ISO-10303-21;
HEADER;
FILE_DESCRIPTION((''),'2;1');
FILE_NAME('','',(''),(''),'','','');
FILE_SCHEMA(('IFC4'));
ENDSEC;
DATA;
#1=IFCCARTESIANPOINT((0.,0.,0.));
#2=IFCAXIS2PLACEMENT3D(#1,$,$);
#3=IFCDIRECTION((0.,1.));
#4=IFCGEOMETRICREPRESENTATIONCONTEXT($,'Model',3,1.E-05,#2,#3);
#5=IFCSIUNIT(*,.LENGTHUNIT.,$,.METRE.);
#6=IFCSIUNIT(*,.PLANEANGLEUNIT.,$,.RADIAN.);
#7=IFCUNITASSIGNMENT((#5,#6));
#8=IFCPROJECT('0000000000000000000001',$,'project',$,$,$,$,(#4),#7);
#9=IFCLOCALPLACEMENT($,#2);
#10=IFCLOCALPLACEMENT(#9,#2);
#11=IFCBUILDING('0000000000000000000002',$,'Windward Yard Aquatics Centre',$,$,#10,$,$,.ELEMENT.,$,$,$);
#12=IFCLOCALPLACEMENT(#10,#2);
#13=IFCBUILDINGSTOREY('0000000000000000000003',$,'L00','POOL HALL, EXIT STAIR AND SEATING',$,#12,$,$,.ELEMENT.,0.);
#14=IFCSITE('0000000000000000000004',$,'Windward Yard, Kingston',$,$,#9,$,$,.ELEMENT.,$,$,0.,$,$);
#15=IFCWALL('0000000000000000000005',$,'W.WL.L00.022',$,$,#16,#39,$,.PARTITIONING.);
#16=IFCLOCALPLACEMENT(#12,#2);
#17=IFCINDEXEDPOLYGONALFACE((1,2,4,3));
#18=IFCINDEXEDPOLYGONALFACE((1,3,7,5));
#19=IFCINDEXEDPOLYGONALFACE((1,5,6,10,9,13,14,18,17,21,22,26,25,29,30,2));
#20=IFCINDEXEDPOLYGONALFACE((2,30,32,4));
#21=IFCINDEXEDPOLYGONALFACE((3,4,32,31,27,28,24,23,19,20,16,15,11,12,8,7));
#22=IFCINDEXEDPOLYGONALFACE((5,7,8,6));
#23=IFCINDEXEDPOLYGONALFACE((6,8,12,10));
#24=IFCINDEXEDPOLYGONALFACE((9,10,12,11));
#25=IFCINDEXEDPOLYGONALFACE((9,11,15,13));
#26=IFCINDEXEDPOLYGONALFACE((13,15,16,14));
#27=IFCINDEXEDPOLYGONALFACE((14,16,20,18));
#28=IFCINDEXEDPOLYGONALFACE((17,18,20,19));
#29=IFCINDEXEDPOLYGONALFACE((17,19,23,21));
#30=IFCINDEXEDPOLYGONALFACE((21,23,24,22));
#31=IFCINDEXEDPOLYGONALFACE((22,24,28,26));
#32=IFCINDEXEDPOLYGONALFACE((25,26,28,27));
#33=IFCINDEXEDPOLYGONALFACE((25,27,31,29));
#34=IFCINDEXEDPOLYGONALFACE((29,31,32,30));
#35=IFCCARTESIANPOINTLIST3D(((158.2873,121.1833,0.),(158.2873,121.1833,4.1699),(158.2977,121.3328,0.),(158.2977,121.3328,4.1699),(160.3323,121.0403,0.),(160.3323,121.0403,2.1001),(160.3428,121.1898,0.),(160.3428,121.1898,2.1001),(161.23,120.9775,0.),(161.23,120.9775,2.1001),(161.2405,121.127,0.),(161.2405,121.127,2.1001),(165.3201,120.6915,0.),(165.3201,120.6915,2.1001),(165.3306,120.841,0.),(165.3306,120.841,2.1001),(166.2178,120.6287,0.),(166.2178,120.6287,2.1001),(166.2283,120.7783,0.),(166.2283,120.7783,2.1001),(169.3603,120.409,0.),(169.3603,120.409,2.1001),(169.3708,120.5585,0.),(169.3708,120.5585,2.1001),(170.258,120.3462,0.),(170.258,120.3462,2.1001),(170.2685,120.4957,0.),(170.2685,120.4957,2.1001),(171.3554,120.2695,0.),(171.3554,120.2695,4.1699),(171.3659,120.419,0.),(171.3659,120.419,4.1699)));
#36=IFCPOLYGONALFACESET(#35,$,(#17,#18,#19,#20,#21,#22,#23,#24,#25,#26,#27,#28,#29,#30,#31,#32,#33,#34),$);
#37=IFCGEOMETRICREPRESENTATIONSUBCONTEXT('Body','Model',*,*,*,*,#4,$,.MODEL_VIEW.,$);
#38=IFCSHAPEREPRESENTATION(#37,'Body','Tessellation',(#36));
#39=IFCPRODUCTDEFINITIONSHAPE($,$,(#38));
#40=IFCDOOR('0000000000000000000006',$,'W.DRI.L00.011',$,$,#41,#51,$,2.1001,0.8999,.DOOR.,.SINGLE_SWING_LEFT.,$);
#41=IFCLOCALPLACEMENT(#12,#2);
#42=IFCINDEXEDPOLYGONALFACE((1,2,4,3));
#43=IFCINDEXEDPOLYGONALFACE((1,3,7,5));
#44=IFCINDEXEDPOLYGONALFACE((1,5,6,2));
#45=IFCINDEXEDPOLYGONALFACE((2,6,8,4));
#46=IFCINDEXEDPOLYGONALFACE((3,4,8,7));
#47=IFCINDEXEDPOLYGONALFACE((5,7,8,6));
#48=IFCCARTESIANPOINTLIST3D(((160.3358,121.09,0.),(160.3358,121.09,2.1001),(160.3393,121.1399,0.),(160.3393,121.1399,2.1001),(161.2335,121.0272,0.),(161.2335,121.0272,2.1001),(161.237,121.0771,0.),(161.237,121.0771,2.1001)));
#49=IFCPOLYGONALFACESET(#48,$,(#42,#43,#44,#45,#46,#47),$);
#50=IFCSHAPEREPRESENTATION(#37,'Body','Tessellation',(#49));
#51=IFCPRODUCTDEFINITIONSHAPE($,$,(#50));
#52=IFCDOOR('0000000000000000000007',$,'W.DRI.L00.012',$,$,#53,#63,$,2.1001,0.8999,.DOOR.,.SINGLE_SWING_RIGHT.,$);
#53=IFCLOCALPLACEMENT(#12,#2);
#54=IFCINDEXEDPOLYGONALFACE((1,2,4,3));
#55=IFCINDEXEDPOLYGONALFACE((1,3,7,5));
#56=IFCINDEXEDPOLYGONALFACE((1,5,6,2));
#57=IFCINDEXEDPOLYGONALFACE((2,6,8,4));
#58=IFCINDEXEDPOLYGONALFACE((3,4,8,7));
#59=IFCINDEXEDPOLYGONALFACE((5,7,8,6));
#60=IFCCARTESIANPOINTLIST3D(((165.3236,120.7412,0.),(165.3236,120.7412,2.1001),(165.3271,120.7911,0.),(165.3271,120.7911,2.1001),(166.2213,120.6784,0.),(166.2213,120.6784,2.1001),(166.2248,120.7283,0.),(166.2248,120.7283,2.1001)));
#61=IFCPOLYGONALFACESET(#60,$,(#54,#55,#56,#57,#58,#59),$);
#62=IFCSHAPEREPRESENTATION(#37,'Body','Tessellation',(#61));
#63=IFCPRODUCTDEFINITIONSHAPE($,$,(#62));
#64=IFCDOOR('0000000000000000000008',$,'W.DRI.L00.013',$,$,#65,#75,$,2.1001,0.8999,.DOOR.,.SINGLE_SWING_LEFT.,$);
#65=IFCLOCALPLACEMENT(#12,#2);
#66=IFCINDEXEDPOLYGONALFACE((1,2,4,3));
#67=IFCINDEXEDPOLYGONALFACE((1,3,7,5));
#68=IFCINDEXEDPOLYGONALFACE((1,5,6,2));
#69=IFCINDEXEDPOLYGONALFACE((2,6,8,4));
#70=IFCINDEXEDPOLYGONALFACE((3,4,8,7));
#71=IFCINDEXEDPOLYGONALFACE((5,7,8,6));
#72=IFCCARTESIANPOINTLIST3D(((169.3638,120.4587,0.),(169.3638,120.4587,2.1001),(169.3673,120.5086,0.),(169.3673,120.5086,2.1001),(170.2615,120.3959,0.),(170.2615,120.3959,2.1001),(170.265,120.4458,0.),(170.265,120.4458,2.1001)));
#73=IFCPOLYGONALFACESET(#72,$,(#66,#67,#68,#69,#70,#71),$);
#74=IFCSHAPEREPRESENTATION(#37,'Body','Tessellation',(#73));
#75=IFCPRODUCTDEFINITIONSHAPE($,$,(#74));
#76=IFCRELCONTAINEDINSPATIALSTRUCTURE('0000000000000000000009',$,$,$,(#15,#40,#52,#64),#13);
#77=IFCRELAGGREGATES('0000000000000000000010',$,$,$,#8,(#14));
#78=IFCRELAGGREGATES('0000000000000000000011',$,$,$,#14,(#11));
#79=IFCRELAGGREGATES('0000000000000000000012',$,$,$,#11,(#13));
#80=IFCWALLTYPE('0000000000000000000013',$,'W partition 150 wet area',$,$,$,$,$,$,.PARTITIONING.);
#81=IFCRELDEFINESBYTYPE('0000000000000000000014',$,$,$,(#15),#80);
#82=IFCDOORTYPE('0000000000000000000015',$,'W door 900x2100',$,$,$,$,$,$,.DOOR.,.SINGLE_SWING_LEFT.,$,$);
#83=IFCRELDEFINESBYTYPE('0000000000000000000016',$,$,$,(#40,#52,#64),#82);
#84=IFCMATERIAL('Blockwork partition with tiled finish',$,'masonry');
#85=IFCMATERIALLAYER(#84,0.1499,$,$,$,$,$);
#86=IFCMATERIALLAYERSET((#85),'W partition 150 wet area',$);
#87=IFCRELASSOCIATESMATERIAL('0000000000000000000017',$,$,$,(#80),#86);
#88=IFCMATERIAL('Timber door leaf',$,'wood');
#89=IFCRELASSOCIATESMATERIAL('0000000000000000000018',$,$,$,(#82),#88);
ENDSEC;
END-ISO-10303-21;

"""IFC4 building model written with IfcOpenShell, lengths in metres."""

from ifc_helpers import new_model, si_unit, direction, frame, frame_2d, origin, place, context, subcontext, project, spatial, rectangle, extrude, material, layer, layer_set, type_object, element, fill, save


model = new_model("IFC4")

# Units and contexts
model_context = context("Model", 3, precision=1e-05, world=origin(), true_north=direction((0.0, 1.0)))
body_context = subcontext(model_context, "Body", "Model", "MODEL_VIEW")
ifc_project = project(units=[si_unit("LENGTHUNIT", "METRE"), si_unit("PLANEANGLEUNIT", "RADIAN")], contexts=[model_context])

# Site, building, storey
site_placement = place(None, origin())
site = spatial("IfcSite", under=ifc_project, at=site_placement, Name="Windward Yard, Kingston", CompositionType="ELEMENT", RefElevation=0.0)
building_placement = place(site_placement, origin())
building = spatial("IfcBuilding", under=site, at=building_placement, Name="Windward Yard Aquatics Centre", CompositionType="ELEMENT")
storey_placement = place(building_placement, origin())
storey = spatial("IfcBuildingStorey", under=building, at=storey_placement, Name="L00", Description="POOL HALL, EXIT STAIR AND SEATING", CompositionType="ELEMENT", Elevation=0.0)

# Wall, openings, doors
ifc_material_1 = material(Name="Blockwork partition with tiled finish", Category="masonry")
ifc_layer_1 = layer(ifc_material_1, 0.1499)
ifc_layer_set_1 = layer_set([ifc_layer_1], Name="W partition 150 wet area")
wall_type = type_object("IfcWallType", Name="W partition 150 wet area", PredefinedType="PARTITIONING", material=ifc_layer_set_1)
wall_placement = place(storey_placement, frame((158.2925, 121.2581, 0.0), z_axis=(0.0, 0.0, 1.0), x_axis=(0.997564, -0.069757, 0.0)))
wall = element("IfcWall", 1, at=wall_placement, inside=storey, type_object=wall_type, Name="W.WL.L00.022", PredefinedType="PARTITIONING", context=body_context, shape_type="SweptSolid", body=[
    extrude(rectangle(XDim=13.1001, YDim=0.1499, at=frame_2d((6.55, 0.0))), origin(), (0.0, 0.0, 1.0), 4.1699),
])
opening_1_placement = place(wall_placement, frame((2.05, 0.0, 0.0)))
opening_1 = element("IfcOpeningElement", 2, at=opening_1_placement, cuts=wall, PredefinedType="OPENING", context=body_context, shape_type="SweptSolid", body=[
    extrude(rectangle(XDim=0.8999, YDim=2.1001, at=frame_2d((0.45, 1.05))), frame((0.0, 0.085, 0.0), z_axis=(0.0, -1.0, 0.0), x_axis=(1.0, 0.0, 0.0)), (0.0, 0.0, 1.0), 0.1699),
])
opening_2_placement = place(wall_placement, frame((7.05, 0.0, 0.0)))
opening_2 = element("IfcOpeningElement", 3, at=opening_2_placement, cuts=wall, PredefinedType="OPENING", context=body_context, shape_type="SweptSolid", body=[
    extrude(rectangle(XDim=0.8999, YDim=2.1001, at=frame_2d((0.45, 1.05))), frame((0.0, 0.085, 0.0), z_axis=(0.0, -1.0, 0.0), x_axis=(1.0, 0.0, 0.0)), (0.0, 0.0, 1.0), 0.1699),
])
opening_3_placement = place(wall_placement, frame((11.1001, 0.0, 0.0)))
opening_3 = element("IfcOpeningElement", 4, at=opening_3_placement, cuts=wall, PredefinedType="OPENING", context=body_context, shape_type="SweptSolid", body=[
    extrude(rectangle(XDim=0.8999, YDim=2.1001, at=frame_2d((0.45, 1.05))), frame((0.0, 0.085, 0.0), z_axis=(0.0, -1.0, 0.0), x_axis=(1.0, 0.0, 0.0)), (0.0, 0.0, 1.0), 0.1699),
])
ifc_material_2 = material(Name="Timber door leaf", Category="wood")
door_type = type_object("IfcDoorType", Name="W door 900x2100", OperationType="SINGLE_SWING_LEFT", PredefinedType="DOOR", material=ifc_material_2)
door_1_placement = place(opening_1_placement, origin())
door_1 = element("IfcDoor", 5, at=door_1_placement, inside=storey, type_object=door_type, Name="W.DRI.L00.011", OperationType="SINGLE_SWING_LEFT", OverallHeight=2.1001, OverallWidth=0.8999, PredefinedType="DOOR", context=body_context, shape_type="SweptSolid", body=[
    extrude(rectangle(XDim=0.8999, YDim=2.1001, at=frame_2d((0.45, 1.05))), frame((0.0, 0.0249, 0.0), z_axis=(0.0, -1.0, 0.0), x_axis=(1.0, 0.0, 0.0)), (0.0, 0.0, 1.0), 0.05),
])
fill(opening_1, door_1)
door_2_placement = place(opening_2_placement, origin())
door_2 = element("IfcDoor", 6, at=door_2_placement, inside=storey, type_object=door_type, Name="W.DRI.L00.012", OperationType="SINGLE_SWING_RIGHT", OverallHeight=2.1001, OverallWidth=0.8999, PredefinedType="DOOR", context=body_context, shape_type="SweptSolid", body=[
    extrude(rectangle(XDim=0.8999, YDim=2.1001, at=frame_2d((0.45, 1.05))), frame((0.0, 0.0249, 0.0), z_axis=(0.0, -1.0, 0.0), x_axis=(1.0, 0.0, 0.0)), (0.0, 0.0, 1.0), 0.05),
])
fill(opening_2, door_2)
door_3_placement = place(opening_3_placement, origin())
door_3 = element("IfcDoor", 7, at=door_3_placement, inside=storey, type_object=door_type, Name="W.DRI.L00.013", OperationType="SINGLE_SWING_LEFT", OverallHeight=2.1001, OverallWidth=0.8999, PredefinedType="DOOR", context=body_context, shape_type="SweptSolid", body=[
    extrude(rectangle(XDim=0.8999, YDim=2.1001, at=frame_2d((0.45, 1.05))), frame((0.0, 0.0249, 0.0), z_axis=(0.0, -1.0, 0.0), x_axis=(1.0, 0.0, 0.0)), (0.0, 0.0, 1.0), 0.05),
])
fill(opening_3, door_3)

save(model, "model.ifc")
